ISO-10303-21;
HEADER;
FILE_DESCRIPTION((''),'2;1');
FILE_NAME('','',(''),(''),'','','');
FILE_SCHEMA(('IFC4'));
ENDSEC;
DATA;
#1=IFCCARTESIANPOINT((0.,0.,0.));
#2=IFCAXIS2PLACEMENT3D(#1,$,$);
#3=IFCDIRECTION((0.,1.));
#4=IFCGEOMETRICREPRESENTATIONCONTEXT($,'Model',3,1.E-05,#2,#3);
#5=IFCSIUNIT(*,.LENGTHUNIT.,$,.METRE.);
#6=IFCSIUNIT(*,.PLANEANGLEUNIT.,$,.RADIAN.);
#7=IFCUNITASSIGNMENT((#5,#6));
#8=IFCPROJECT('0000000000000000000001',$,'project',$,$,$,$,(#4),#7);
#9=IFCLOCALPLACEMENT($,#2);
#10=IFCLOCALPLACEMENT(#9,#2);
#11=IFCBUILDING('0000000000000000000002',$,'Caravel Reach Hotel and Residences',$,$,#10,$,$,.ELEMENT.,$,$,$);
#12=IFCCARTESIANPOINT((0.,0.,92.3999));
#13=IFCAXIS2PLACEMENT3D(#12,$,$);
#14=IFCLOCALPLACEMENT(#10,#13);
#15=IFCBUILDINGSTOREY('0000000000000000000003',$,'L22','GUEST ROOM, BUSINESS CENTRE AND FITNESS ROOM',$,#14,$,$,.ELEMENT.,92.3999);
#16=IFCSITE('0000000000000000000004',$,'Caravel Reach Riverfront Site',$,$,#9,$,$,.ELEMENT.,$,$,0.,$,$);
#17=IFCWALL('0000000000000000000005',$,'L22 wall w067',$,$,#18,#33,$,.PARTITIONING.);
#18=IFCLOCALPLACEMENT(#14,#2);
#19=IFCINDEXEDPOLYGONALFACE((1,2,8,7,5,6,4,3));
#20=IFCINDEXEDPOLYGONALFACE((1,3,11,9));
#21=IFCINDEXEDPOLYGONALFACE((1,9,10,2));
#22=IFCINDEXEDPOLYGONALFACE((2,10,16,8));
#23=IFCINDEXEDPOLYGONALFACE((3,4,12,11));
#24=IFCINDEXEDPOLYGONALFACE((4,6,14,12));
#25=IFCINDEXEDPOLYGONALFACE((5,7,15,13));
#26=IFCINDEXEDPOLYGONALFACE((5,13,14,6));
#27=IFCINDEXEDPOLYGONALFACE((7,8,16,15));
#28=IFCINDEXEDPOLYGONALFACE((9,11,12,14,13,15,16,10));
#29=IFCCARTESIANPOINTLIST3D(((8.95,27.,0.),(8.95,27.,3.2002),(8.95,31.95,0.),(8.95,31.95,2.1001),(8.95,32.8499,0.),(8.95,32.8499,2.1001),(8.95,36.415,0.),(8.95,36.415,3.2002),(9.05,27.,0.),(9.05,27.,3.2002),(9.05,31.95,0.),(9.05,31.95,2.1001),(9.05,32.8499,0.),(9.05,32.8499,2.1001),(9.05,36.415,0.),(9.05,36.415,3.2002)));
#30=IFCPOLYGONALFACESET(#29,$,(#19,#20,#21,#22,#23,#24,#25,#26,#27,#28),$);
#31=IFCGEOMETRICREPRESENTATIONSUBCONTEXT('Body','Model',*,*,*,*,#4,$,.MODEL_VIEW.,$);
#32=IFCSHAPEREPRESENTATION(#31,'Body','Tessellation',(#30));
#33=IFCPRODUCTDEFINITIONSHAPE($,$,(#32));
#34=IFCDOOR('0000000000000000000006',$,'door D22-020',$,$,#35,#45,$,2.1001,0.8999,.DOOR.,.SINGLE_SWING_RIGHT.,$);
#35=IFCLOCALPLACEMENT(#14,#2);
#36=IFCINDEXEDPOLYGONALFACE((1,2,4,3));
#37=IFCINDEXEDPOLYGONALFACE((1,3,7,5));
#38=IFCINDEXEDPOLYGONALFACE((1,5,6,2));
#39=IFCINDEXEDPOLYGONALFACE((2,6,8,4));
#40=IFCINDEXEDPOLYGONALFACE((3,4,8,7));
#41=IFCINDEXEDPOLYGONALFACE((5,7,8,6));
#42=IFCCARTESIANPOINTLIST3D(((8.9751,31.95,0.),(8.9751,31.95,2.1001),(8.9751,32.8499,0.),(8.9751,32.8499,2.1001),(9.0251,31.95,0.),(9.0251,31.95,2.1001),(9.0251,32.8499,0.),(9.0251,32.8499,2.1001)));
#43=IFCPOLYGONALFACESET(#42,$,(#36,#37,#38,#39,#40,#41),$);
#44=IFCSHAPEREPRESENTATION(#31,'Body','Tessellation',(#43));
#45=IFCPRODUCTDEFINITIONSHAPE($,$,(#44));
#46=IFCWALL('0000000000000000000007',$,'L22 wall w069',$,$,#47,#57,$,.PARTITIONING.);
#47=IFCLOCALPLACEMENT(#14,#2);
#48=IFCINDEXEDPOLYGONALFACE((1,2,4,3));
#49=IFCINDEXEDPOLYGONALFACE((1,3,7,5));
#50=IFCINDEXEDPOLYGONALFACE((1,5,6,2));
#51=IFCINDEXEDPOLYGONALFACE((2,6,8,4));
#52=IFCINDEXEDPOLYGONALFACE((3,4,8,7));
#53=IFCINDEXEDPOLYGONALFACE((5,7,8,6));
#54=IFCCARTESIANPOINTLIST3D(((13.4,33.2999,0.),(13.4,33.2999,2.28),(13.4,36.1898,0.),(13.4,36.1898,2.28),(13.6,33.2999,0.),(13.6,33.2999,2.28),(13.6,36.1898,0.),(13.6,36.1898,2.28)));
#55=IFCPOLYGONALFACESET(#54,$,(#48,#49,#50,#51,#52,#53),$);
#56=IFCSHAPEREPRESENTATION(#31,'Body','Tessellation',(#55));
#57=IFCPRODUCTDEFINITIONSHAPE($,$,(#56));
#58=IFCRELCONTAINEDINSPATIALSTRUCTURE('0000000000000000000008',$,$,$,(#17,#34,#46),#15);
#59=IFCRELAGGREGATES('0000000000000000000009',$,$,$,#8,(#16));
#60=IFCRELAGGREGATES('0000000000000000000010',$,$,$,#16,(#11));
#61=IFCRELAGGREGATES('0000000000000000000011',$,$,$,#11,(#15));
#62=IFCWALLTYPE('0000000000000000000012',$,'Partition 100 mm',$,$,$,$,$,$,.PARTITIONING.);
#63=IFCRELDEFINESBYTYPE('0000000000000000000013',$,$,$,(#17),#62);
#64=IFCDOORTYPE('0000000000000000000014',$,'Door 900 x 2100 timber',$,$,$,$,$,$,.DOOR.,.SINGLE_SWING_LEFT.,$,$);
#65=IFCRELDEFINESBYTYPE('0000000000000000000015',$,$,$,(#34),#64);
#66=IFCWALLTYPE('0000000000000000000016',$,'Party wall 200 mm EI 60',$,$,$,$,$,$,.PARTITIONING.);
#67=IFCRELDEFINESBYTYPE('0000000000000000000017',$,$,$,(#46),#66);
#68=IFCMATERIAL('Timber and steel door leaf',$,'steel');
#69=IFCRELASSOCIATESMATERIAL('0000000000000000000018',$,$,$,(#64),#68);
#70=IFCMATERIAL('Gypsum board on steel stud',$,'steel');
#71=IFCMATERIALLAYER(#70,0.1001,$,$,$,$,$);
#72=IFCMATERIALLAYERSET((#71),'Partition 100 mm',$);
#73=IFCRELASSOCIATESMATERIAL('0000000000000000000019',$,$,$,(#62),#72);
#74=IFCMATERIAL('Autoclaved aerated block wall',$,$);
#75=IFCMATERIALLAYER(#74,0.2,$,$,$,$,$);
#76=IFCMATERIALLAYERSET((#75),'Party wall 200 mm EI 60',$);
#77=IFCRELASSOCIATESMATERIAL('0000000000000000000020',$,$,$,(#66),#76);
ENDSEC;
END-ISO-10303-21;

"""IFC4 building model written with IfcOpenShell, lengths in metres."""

from ifc_helpers import new_model, si_unit, direction, frame, frame_2d, origin, place, context, subcontext, project, spatial, rectangle, extrude, material, layer, layer_set, type_object, element, fill, save


model = new_model("IFC4")

# Units and contexts
model_context = context("Model", 3, precision=1e-05, world=origin(), true_north=direction((0.0, 1.0)))
body_context = subcontext(model_context, "Body", "Model", "MODEL_VIEW")
ifc_project = project(units=[si_unit("LENGTHUNIT", "METRE"), si_unit("PLANEANGLEUNIT", "RADIAN")], contexts=[model_context])

# Site, building, storey
site_placement = place(None, origin())
site = spatial("IfcSite", under=ifc_project, at=site_placement, Name="Caravel Reach Riverfront Site", CompositionType="ELEMENT", RefElevation=0.0)
building_placement = place(site_placement, origin())
building = spatial("IfcBuilding", under=site, at=building_placement, Name="Caravel Reach Hotel and Residences", CompositionType="ELEMENT")
storey_placement = place(building_placement, frame((0.0, 0.0, 92.3999)))
storey = spatial("IfcBuildingStorey", under=building, at=storey_placement, Name="L22", Description="GUEST ROOM, BUSINESS CENTRE AND FITNESS ROOM", CompositionType="ELEMENT", Elevation=92.3999)

# Shared definitions
ifc_material_1 = material(Name="Timber and steel door leaf", Category="steel")
door_type_1 = type_object("IfcDoorType", Name="Door 900 x 2100 timber", OperationType="SINGLE_SWING_LEFT", PredefinedType="DOOR", material=ifc_material_1)

# Shared definitions
ifc_material_2 = material(Name="Gypsum board on steel stud", Category="steel")
ifc_layer_1 = layer(ifc_material_2, 0.1001)
ifc_layer_set_1 = layer_set([ifc_layer_1], Name="Partition 100 mm")
wall_type_1 = type_object("IfcWallType", Name="Partition 100 mm", PredefinedType="PARTITIONING", material=ifc_layer_set_1)

# Wall, opening, door
wall_1_placement = place(storey_placement, frame((9.0, 27.0, 0.0), z_axis=(0.0, 0.0, 1.0), x_axis=(0.0, 1.0, 0.0)))
wall_1 = element("IfcWall", 1, at=wall_1_placement, inside=storey, type_object=wall_type_1, Name="L22 wall w067", PredefinedType="PARTITIONING", context=body_context, shape_type="SweptSolid", body=[
    extrude(rectangle(XDim=9.415, YDim=0.1001, at=frame_2d((4.7075, 0.0))), origin(), (0.0, 0.0, 1.0), 3.2002),
])
opening_1_placement = place(wall_1_placement, frame((4.95, 0.0, 0.0)))
opening_1 = element("IfcOpeningElement", 2, at=opening_1_placement, cuts=wall_1, PredefinedType="OPENING", context=body_context, shape_type="SweptSolid", body=[
    extrude(rectangle(XDim=0.8999, YDim=2.1001, at=frame_2d((0.45, 1.05))), frame((0.0, 0.0601, 0.0), z_axis=(0.0, -1.0, 0.0), x_axis=(1.0, 0.0, 0.0)), (0.0, 0.0, 1.0), 0.1201),
])
door_1_placement = place(opening_1_placement, origin())
door_1 = element("IfcDoor", 3, at=door_1_placement, inside=storey, type_object=door_type_1, Name="door D22-020", OperationType="SINGLE_SWING_RIGHT", OverallHeight=2.1001, OverallWidth=0.8999, PredefinedType="DOOR", context=body_context, shape_type="SweptSolid", body=[
    extrude(rectangle(XDim=0.8999, YDim=2.1001, at=frame_2d((0.45, 1.05))), frame((0.0, 0.0249, 0.0), z_axis=(0.0, -1.0, 0.0), x_axis=(1.0, 0.0, 0.0)), (0.0, 0.0, 1.0), 0.05),
])
fill(opening_1, door_1)

# Wall
ifc_material_3 = material(Name="Autoclaved aerated block wall")
ifc_layer_2 = layer(ifc_material_3, 0.2)
ifc_layer_set_2 = layer_set([ifc_layer_2], Name="Party wall 200 mm EI 60")
wall_type_2 = type_object("IfcWallType", Name="Party wall 200 mm EI 60", PredefinedType="PARTITIONING", material=ifc_layer_set_2)
wall_2_placement = place(storey_placement, frame((13.5, 33.3, 0.0), z_axis=(0.0, 0.0, 1.0), x_axis=(0.0, 1.0, 0.0)))
element("IfcWall", 4, at=wall_2_placement, inside=storey, type_object=wall_type_2, Name="L22 wall w069", PredefinedType="PARTITIONING", context=body_context, shape_type="SweptSolid", body=[
    extrude(rectangle(XDim=2.8899, YDim=0.2, at=frame_2d((1.4448, 0.0))), origin(), (0.0, 0.0, 1.0), 2.28),
])

save(model, "model.ifc")
